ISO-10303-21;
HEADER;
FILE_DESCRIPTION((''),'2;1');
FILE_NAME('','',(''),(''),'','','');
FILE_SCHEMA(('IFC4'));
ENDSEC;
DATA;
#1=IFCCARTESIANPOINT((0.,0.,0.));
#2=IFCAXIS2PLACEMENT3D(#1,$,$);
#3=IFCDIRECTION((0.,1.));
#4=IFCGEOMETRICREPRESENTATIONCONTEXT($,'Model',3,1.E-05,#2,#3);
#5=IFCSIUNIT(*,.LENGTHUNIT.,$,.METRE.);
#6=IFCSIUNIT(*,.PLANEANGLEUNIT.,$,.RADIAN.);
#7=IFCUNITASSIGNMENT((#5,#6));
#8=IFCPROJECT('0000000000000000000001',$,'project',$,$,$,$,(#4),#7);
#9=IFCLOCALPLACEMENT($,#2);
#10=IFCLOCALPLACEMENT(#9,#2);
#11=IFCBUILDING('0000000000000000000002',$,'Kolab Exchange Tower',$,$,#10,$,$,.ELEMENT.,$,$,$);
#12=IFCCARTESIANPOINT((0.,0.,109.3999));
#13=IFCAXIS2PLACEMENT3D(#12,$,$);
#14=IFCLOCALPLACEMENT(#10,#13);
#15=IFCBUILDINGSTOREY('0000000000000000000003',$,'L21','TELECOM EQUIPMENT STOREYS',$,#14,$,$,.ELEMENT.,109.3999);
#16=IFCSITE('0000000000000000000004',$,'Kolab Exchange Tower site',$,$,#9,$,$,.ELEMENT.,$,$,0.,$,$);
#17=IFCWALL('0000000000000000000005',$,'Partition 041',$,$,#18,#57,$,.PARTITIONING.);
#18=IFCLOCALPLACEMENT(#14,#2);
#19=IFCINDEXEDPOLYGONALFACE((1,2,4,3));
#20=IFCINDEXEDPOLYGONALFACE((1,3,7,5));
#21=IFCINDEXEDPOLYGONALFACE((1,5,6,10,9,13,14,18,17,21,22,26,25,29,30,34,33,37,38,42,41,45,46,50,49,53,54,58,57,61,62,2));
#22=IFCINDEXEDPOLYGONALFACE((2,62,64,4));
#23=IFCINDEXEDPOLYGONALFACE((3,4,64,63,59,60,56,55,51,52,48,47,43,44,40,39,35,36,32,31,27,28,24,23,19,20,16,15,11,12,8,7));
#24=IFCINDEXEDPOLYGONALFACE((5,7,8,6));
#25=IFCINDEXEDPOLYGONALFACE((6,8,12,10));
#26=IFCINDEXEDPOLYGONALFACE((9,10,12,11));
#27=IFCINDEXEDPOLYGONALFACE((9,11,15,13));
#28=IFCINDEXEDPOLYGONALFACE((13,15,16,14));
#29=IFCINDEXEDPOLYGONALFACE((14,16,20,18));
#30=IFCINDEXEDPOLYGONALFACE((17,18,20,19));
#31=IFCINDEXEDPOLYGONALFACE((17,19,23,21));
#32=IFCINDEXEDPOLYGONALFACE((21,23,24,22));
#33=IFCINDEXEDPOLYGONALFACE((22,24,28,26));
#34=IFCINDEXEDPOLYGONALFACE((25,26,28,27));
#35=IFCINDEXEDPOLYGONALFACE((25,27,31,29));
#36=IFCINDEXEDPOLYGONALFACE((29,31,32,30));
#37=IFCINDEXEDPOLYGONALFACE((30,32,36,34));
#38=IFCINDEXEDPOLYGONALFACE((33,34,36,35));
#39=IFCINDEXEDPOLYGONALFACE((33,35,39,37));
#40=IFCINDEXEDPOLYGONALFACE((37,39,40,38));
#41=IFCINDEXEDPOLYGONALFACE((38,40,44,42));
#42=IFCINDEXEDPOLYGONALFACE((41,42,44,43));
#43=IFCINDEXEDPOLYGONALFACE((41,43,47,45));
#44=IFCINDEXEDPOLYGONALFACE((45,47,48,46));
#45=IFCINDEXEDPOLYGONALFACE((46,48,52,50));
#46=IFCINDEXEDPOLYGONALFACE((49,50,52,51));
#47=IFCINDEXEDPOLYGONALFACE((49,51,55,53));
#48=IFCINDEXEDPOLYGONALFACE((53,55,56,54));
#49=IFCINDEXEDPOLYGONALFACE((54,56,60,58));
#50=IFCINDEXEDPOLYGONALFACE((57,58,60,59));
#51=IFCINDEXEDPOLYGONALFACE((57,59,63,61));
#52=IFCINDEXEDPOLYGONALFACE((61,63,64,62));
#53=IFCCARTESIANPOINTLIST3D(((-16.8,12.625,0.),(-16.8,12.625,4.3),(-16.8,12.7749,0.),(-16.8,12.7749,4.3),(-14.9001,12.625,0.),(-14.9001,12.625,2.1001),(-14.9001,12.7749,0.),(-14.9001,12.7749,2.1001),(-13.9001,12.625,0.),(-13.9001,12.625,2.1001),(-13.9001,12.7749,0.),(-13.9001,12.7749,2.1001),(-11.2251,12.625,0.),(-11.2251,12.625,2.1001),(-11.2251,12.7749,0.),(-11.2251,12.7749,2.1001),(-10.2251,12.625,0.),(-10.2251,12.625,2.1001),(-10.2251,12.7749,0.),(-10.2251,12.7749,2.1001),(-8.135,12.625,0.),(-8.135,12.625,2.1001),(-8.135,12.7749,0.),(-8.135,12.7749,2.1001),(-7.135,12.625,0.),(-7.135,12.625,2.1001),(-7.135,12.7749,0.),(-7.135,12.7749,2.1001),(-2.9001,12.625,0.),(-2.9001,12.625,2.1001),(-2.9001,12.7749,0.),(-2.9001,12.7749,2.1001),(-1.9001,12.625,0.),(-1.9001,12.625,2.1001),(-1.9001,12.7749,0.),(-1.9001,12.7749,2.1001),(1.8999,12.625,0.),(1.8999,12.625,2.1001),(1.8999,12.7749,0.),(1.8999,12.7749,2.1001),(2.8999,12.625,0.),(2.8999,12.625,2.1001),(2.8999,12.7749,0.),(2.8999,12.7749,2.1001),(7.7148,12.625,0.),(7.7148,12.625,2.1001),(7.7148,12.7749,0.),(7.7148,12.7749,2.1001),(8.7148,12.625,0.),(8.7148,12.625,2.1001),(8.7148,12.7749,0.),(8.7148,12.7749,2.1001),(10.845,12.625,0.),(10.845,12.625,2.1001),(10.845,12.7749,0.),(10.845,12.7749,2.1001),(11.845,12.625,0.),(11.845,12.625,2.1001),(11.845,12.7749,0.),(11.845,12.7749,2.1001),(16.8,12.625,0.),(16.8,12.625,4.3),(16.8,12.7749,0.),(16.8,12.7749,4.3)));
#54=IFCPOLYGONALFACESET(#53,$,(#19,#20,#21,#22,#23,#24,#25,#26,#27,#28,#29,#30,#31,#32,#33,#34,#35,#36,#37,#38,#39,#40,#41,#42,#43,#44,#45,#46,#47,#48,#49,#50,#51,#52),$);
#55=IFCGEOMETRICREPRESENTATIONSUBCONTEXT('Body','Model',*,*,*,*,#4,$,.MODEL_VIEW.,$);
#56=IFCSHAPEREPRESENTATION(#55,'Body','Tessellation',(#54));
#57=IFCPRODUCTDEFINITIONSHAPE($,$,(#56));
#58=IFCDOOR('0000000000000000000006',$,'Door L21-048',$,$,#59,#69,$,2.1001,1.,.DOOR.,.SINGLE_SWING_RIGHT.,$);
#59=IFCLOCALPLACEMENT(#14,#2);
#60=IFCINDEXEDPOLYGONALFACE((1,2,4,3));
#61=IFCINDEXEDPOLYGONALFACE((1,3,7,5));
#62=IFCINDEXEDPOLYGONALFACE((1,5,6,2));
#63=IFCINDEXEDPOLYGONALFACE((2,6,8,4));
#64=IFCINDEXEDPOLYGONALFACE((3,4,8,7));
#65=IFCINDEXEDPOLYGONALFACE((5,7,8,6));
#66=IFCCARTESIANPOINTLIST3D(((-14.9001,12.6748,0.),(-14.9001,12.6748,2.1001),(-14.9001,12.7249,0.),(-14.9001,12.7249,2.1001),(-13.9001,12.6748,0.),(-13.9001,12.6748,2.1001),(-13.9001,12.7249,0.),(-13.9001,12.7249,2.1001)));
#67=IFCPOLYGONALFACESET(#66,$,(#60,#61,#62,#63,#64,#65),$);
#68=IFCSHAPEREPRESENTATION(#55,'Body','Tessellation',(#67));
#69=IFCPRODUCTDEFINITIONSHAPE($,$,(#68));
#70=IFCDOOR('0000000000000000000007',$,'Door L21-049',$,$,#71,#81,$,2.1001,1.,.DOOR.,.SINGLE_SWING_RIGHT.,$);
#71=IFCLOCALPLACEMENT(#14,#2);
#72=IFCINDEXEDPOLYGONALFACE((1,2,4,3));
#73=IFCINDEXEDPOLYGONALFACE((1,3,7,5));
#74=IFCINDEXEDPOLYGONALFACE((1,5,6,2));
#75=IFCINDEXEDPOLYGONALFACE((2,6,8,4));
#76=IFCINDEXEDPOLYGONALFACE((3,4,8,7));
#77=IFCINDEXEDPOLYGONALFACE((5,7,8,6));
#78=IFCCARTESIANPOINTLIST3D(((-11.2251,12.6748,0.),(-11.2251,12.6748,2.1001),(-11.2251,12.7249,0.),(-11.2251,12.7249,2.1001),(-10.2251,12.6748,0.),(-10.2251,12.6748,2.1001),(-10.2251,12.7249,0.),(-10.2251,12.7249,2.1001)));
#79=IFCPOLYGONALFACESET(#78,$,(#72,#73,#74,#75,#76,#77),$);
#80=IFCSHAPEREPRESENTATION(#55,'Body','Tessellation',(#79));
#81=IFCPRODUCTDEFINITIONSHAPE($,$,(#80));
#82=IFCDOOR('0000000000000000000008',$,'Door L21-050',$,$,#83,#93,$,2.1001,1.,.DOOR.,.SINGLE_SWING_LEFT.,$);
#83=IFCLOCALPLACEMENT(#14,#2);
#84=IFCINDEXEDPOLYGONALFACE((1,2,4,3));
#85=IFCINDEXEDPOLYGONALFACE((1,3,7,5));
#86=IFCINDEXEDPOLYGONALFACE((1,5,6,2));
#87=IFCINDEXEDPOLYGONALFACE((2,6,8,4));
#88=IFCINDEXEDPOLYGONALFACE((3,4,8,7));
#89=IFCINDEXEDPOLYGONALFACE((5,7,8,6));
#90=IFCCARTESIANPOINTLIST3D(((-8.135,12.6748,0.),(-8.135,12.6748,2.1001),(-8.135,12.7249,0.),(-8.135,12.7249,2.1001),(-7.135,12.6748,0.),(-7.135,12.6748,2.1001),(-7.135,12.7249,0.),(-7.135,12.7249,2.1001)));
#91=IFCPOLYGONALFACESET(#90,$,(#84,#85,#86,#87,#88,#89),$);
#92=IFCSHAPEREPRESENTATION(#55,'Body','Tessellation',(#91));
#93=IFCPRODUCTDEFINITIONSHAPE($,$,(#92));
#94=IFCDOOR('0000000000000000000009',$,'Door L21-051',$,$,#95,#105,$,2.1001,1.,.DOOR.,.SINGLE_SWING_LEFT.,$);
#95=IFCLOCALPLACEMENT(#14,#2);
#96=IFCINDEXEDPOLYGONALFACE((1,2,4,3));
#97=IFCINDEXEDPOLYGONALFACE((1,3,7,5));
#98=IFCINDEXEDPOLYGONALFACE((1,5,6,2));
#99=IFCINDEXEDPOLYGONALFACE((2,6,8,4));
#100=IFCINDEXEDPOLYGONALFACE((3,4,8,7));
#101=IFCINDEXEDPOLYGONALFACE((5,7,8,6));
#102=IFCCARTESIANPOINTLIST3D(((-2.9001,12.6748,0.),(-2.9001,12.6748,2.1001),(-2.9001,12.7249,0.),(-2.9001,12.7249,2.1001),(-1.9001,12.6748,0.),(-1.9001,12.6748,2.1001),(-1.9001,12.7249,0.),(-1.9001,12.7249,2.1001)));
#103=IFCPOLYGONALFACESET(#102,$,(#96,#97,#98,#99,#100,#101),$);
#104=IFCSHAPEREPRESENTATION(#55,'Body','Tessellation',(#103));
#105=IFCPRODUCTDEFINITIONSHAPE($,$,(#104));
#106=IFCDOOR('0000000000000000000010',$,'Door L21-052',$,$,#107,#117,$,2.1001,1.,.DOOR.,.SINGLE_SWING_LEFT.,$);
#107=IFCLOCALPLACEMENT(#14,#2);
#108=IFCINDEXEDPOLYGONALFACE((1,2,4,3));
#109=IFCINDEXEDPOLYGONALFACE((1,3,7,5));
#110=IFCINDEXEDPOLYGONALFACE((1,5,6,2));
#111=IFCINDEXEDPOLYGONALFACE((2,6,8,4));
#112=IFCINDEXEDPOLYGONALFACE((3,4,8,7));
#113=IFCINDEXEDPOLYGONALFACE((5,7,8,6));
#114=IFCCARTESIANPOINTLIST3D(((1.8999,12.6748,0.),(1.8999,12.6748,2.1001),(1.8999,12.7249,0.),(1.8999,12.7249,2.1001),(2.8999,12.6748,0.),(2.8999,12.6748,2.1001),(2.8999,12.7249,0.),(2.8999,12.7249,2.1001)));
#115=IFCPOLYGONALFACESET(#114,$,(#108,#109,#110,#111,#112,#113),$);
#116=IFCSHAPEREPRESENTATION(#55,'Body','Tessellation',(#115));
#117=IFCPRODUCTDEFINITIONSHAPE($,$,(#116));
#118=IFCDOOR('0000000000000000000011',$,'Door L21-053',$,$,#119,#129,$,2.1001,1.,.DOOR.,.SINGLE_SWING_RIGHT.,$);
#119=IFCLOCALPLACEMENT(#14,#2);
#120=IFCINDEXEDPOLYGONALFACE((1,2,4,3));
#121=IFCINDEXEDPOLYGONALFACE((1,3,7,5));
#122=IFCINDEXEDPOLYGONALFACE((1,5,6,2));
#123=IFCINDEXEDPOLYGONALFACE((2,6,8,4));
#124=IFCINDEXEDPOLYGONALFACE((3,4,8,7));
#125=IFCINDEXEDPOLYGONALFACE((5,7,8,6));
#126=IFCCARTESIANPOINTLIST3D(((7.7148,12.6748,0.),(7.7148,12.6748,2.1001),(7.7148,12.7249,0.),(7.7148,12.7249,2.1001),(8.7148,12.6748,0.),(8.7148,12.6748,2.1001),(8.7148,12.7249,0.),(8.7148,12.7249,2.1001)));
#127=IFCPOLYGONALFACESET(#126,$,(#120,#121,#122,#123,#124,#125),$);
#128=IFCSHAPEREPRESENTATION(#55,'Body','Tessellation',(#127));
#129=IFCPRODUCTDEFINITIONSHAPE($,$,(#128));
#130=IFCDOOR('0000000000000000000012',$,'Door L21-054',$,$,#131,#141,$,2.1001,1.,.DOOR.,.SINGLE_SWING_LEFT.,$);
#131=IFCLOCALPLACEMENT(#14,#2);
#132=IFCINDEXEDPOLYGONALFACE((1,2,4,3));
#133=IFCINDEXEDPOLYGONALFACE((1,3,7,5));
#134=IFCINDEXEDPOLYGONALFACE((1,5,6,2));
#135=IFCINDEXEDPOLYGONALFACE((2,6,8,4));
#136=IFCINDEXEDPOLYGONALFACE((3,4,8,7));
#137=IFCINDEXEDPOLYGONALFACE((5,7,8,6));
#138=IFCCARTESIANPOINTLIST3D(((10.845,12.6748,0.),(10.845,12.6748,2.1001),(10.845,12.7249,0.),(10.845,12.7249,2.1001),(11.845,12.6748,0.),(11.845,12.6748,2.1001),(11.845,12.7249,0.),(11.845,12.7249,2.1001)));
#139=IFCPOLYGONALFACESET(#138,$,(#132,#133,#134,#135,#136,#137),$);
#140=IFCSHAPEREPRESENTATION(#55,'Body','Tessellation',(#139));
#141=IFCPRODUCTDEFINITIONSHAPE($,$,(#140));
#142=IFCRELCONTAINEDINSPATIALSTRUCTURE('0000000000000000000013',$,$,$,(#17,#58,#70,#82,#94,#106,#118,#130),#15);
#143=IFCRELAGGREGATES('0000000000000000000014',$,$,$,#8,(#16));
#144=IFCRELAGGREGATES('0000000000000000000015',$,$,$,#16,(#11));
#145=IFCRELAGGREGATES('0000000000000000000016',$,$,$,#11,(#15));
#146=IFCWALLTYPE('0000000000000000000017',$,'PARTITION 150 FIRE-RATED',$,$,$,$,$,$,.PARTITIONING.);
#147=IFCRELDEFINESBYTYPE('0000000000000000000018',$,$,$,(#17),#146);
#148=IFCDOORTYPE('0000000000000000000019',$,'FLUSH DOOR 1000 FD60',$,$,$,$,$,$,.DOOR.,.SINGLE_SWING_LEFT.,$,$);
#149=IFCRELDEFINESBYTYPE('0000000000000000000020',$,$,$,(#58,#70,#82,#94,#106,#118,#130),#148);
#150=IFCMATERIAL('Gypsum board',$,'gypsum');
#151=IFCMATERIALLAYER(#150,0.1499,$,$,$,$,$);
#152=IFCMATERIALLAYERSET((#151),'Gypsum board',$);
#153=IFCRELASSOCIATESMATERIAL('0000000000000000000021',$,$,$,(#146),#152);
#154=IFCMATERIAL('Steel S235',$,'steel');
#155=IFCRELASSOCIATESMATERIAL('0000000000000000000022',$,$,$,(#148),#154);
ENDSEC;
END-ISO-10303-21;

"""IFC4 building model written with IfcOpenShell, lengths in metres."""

from ifc_helpers import new_model, si_unit, direction, frame, frame_2d, origin, place, context, subcontext, project, spatial, rectangle, extrude, material, layer, layer_set, type_object, element, fill, save


model = new_model("IFC4")

# Units and contexts
model_context = context("Model", 3, precision=1e-05, world=origin(), true_north=direction((0.0, 1.0)))
body_context = subcontext(model_context, "Body", "Model", "MODEL_VIEW")
ifc_project = project(units=[si_unit("LENGTHUNIT", "METRE"), si_unit("PLANEANGLEUNIT", "RADIAN")], contexts=[model_context])

# Site, building, storey
site_placement = place(None, origin())
site = spatial("IfcSite", under=ifc_project, at=site_placement, Name="Kolab Exchange Tower site", CompositionType="ELEMENT", RefElevation=0.0)
building_placement = place(site_placement, origin())
building = spatial("IfcBuilding", under=site, at=building_placement, Name="Kolab Exchange Tower", CompositionType="ELEMENT")
storey_placement = place(building_placement, frame((0.0, 0.0, 109.3999)))
storey = spatial("IfcBuildingStorey", under=building, at=storey_placement, Name="L21", Description="TELECOM EQUIPMENT STOREYS", CompositionType="ELEMENT", Elevation=109.3999)

# Shared definitions
ifc_material_1 = material(Name="Gypsum board", Category="gypsum")
ifc_layer_1 = layer(ifc_material_1, 0.1499)
ifc_layer_set_1 = layer_set([ifc_layer_1], Name="Gypsum board")
wall_type_1 = type_object("IfcWallType", Name="PARTITION 150 FIRE-RATED", PredefinedType="PARTITIONING", material=ifc_layer_set_1)

# Wall, openings, doors
wall_1_placement = place(storey_placement, frame((-16.8, 12.7, 0.0), z_axis=(0.0, 0.0, 1.0), x_axis=(1.0, 0.0, 0.0)))
wall_1 = element("IfcWall", 1, at=wall_1_placement, inside=storey, type_object=wall_type_1, Name="Partition 041", PredefinedType="PARTITIONING", context=body_context, shape_type="SweptSolid", body=[
    extrude(rectangle(XDim=33.6001, YDim=0.1499, at=frame_2d((16.8, 0.0))), origin(), (0.0, 0.0, 1.0), 4.3),
])
opening_1_placement = place(wall_1_placement, frame((1.8999, 0.0, 0.0)))
opening_1 = element("IfcOpeningElement", 2, at=opening_1_placement, cuts=wall_1, PredefinedType="OPENING", context=body_context, shape_type="SweptSolid", body=[
    extrude(rectangle(XDim=1.0, YDim=2.1001, at=frame_2d((0.5, 1.05))), frame((0.0, 0.085, 0.0), z_axis=(0.0, -1.0, 0.0), x_axis=(1.0, 0.0, 0.0)), (0.0, 0.0, 1.0), 0.1699),
])
opening_2_placement = place(wall_1_placement, frame((5.575, 0.0, 0.0)))
opening_2 = element("IfcOpeningElement", 3, at=opening_2_placement, cuts=wall_1, PredefinedType="OPENING", context=body_context, shape_type="SweptSolid", body=[
    extrude(rectangle(XDim=1.0, YDim=2.1001, at=frame_2d((0.5, 1.05))), frame((0.0, 0.085, 0.0), z_axis=(0.0, -1.0, 0.0), x_axis=(1.0, 0.0, 0.0)), (0.0, 0.0, 1.0), 0.1699),
])
opening_3_placement = place(wall_1_placement, frame((8.665, 0.0, 0.0)))
opening_3 = element("IfcOpeningElement", 4, at=opening_3_placement, cuts=wall_1, PredefinedType="OPENING", context=body_context, shape_type="SweptSolid", body=[
    extrude(rectangle(XDim=1.0, YDim=2.1001, at=frame_2d((0.5, 1.05))), frame((0.0, 0.085, 0.0), z_axis=(0.0, -1.0, 0.0), x_axis=(1.0, 0.0, 0.0)), (0.0, 0.0, 1.0), 0.1699),
])
opening_4_placement = place(wall_1_placement, frame((13.8999, 0.0, 0.0)))
opening_4 = element("IfcOpeningElement", 5, at=opening_4_placement, cuts=wall_1, PredefinedType="OPENING", context=body_context, shape_type="SweptSolid", body=[
    extrude(rectangle(XDim=1.0, YDim=2.1001, at=frame_2d((0.5, 1.05))), frame((0.0, 0.085, 0.0), z_axis=(0.0, -1.0, 0.0), x_axis=(1.0, 0.0, 0.0)), (0.0, 0.0, 1.0), 0.1699),
])
opening_5_placement = place(wall_1_placement, frame((18.7, 0.0, 0.0)))
opening_5 = element("IfcOpeningElement", 6, at=opening_5_placement, cuts=wall_1, PredefinedType="OPENING", context=body_context, shape_type="SweptSolid", body=[
    extrude(rectangle(XDim=1.0, YDim=2.1001, at=frame_2d((0.5, 1.05))), frame((0.0, 0.085, 0.0), z_axis=(0.0, -1.0, 0.0), x_axis=(1.0, 0.0, 0.0)), (0.0, 0.0, 1.0), 0.1699),
])
opening_6_placement = place(wall_1_placement, frame((24.5149, 0.0, 0.0)))
opening_6 = element("IfcOpeningElement", 7, at=opening_6_placement, cuts=wall_1, PredefinedType="OPENING", context=body_context, shape_type="SweptSolid", body=[
    extrude(rectangle(XDim=1.0, YDim=2.1001, at=frame_2d((0.5, 1.05))), frame((0.0, 0.085, 0.0), z_axis=(0.0, -1.0, 0.0), x_axis=(1.0, 0.0, 0.0)), (0.0, 0.0, 1.0), 0.1699),
])
opening_7_placement = place(wall_1_placement, frame((27.645, 0.0, 0.0)))
opening_7 = element("IfcOpeningElement", 8, at=opening_7_placement, cuts=wall_1, PredefinedType="OPENING", context=body_context, shape_type="SweptSolid", body=[
    extrude(rectangle(XDim=1.0, YDim=2.1001, at=frame_2d((0.5, 1.05))), frame((0.0, 0.085, 0.0), z_axis=(0.0, -1.0, 0.0), x_axis=(1.0, 0.0, 0.0)), (0.0, 0.0, 1.0), 0.1699),
])
ifc_material_2 = material(Name="Steel S235", Category="steel")
door_type_1 = type_object("IfcDoorType", Name="FLUSH DOOR 1000 FD60", OperationType="SINGLE_SWING_LEFT", PredefinedType="DOOR", material=ifc_material_2)
door_1_placement = place(opening_1_placement, origin())
door_1 = element("IfcDoor", 9, at=door_1_placement, inside=storey, type_object=door_type_1, Name="Door L21-048", OperationType="SINGLE_SWING_RIGHT", OverallHeight=2.1001, OverallWidth=1.0, PredefinedType="DOOR", context=body_context, shape_type="SweptSolid", body=[
    extrude(rectangle(XDim=1.0, YDim=2.1001, at=frame_2d((0.5, 1.05))), frame((0.0, 0.0249, 0.0), z_axis=(0.0, -1.0, 0.0), x_axis=(1.0, 0.0, 0.0)), (0.0, 0.0, 1.0), 0.05),
])
fill(opening_1, door_1)
door_2_placement = place(opening_2_placement, origin())
door_2 = element("IfcDoor", 10, at=door_2_placement, inside=storey, type_object=door_type_1, Name="Door L21-049", OperationType="SINGLE_SWING_RIGHT", OverallHeight=2.1001, OverallWidth=1.0, PredefinedType="DOOR", context=body_context, shape_type="SweptSolid", body=[
    extrude(rectangle(XDim=1.0, YDim=2.1001, at=frame_2d((0.5, 1.05))), frame((0.0, 0.0249, 0.0), z_axis=(0.0, -1.0, 0.0), x_axis=(1.0, 0.0, 0.0)), (0.0, 0.0, 1.0), 0.05),
])
fill(opening_2, door_2)
door_3_placement = place(opening_3_placement, origin())
door_3 = element("IfcDoor", 11, at=door_3_placement, inside=storey, type_object=door_type_1, Name="Door L21-050", OperationType="SINGLE_SWING_LEFT", OverallHeight=2.1001, OverallWidth=1.0, PredefinedType="DOOR", context=body_context, shape_type="SweptSolid", body=[
    extrude(rectangle(XDim=1.0, YDim=2.1001, at=frame_2d((0.5, 1.05))), frame((0.0, 0.0249, 0.0), z_axis=(0.0, -1.0, 0.0), x_axis=(1.0, 0.0, 0.0)), (0.0, 0.0, 1.0), 0.05),
])
fill(opening_3, door_3)
door_4_placement = place(opening_4_placement, origin())
door_4 = element("IfcDoor", 12, at=door_4_placement, inside=storey, type_object=door_type_1, Name="Door L21-051", OperationType="SINGLE_SWING_LEFT", OverallHeight=2.1001, OverallWidth=1.0, PredefinedType="DOOR", context=body_context, shape_type="SweptSolid", body=[
    extrude(rectangle(XDim=1.0, YDim=2.1001, at=frame_2d((0.5, 1.05))), frame((0.0, 0.0249, 0.0), z_axis=(0.0, -1.0, 0.0), x_axis=(1.0, 0.0, 0.0)), (0.0, 0.0, 1.0), 0.05),
])
fill(opening_4, door_4)
door_5_placement = place(opening_5_placement, origin())
door_5 = element("IfcDoor", 13, at=door_5_placement, inside=storey, type_object=door_type_1, Name="Door L21-052", OperationType="SINGLE_SWING_LEFT", OverallHeight=2.1001, OverallWidth=1.0, PredefinedType="DOOR", context=body_context, shape_type="SweptSolid", body=[
    extrude(rectangle(XDim=1.0, YDim=2.1001, at=frame_2d((0.5, 1.05))), frame((0.0, 0.0249, 0.0), z_axis=(0.0, -1.0, 0.0), x_axis=(1.0, 0.0, 0.0)), (0.0, 0.0, 1.0), 0.05),
])
fill(opening_5, door_5)
door_6_placement = place(opening_6_placement, origin())
door_6 = element("IfcDoor", 14, at=door_6_placement, inside=storey, type_object=door_type_1, Name="Door L21-053", OperationType="SINGLE_SWING_RIGHT", OverallHeight=2.1001, OverallWidth=1.0, PredefinedType="DOOR", context=body_context, shape_type="SweptSolid", body=[
    extrude(rectangle(XDim=1.0, YDim=2.1001, at=frame_2d((0.5, 1.05))), frame((0.0, 0.0249, 0.0), z_axis=(0.0, -1.0, 0.0), x_axis=(1.0, 0.0, 0.0)), (0.0, 0.0, 1.0), 0.05),
])
fill(opening_6, door_6)
door_7_placement = place(opening_7_placement, origin())
door_7 = element("IfcDoor", 15, at=door_7_placement, inside=storey, type_object=door_type_1, Name="Door L21-054", OperationType="SINGLE_SWING_LEFT", OverallHeight=2.1001, OverallWidth=1.0, PredefinedType="DOOR", context=body_context, shape_type="SweptSolid", body=[
    extrude(rectangle(XDim=1.0, YDim=2.1001, at=frame_2d((0.5, 1.05))), frame((0.0, 0.0249, 0.0), z_axis=(0.0, -1.0, 0.0), x_axis=(1.0, 0.0, 0.0)), (0.0, 0.0, 1.0), 0.05),
])
fill(opening_7, door_7)

save(model, "model.ifc")
